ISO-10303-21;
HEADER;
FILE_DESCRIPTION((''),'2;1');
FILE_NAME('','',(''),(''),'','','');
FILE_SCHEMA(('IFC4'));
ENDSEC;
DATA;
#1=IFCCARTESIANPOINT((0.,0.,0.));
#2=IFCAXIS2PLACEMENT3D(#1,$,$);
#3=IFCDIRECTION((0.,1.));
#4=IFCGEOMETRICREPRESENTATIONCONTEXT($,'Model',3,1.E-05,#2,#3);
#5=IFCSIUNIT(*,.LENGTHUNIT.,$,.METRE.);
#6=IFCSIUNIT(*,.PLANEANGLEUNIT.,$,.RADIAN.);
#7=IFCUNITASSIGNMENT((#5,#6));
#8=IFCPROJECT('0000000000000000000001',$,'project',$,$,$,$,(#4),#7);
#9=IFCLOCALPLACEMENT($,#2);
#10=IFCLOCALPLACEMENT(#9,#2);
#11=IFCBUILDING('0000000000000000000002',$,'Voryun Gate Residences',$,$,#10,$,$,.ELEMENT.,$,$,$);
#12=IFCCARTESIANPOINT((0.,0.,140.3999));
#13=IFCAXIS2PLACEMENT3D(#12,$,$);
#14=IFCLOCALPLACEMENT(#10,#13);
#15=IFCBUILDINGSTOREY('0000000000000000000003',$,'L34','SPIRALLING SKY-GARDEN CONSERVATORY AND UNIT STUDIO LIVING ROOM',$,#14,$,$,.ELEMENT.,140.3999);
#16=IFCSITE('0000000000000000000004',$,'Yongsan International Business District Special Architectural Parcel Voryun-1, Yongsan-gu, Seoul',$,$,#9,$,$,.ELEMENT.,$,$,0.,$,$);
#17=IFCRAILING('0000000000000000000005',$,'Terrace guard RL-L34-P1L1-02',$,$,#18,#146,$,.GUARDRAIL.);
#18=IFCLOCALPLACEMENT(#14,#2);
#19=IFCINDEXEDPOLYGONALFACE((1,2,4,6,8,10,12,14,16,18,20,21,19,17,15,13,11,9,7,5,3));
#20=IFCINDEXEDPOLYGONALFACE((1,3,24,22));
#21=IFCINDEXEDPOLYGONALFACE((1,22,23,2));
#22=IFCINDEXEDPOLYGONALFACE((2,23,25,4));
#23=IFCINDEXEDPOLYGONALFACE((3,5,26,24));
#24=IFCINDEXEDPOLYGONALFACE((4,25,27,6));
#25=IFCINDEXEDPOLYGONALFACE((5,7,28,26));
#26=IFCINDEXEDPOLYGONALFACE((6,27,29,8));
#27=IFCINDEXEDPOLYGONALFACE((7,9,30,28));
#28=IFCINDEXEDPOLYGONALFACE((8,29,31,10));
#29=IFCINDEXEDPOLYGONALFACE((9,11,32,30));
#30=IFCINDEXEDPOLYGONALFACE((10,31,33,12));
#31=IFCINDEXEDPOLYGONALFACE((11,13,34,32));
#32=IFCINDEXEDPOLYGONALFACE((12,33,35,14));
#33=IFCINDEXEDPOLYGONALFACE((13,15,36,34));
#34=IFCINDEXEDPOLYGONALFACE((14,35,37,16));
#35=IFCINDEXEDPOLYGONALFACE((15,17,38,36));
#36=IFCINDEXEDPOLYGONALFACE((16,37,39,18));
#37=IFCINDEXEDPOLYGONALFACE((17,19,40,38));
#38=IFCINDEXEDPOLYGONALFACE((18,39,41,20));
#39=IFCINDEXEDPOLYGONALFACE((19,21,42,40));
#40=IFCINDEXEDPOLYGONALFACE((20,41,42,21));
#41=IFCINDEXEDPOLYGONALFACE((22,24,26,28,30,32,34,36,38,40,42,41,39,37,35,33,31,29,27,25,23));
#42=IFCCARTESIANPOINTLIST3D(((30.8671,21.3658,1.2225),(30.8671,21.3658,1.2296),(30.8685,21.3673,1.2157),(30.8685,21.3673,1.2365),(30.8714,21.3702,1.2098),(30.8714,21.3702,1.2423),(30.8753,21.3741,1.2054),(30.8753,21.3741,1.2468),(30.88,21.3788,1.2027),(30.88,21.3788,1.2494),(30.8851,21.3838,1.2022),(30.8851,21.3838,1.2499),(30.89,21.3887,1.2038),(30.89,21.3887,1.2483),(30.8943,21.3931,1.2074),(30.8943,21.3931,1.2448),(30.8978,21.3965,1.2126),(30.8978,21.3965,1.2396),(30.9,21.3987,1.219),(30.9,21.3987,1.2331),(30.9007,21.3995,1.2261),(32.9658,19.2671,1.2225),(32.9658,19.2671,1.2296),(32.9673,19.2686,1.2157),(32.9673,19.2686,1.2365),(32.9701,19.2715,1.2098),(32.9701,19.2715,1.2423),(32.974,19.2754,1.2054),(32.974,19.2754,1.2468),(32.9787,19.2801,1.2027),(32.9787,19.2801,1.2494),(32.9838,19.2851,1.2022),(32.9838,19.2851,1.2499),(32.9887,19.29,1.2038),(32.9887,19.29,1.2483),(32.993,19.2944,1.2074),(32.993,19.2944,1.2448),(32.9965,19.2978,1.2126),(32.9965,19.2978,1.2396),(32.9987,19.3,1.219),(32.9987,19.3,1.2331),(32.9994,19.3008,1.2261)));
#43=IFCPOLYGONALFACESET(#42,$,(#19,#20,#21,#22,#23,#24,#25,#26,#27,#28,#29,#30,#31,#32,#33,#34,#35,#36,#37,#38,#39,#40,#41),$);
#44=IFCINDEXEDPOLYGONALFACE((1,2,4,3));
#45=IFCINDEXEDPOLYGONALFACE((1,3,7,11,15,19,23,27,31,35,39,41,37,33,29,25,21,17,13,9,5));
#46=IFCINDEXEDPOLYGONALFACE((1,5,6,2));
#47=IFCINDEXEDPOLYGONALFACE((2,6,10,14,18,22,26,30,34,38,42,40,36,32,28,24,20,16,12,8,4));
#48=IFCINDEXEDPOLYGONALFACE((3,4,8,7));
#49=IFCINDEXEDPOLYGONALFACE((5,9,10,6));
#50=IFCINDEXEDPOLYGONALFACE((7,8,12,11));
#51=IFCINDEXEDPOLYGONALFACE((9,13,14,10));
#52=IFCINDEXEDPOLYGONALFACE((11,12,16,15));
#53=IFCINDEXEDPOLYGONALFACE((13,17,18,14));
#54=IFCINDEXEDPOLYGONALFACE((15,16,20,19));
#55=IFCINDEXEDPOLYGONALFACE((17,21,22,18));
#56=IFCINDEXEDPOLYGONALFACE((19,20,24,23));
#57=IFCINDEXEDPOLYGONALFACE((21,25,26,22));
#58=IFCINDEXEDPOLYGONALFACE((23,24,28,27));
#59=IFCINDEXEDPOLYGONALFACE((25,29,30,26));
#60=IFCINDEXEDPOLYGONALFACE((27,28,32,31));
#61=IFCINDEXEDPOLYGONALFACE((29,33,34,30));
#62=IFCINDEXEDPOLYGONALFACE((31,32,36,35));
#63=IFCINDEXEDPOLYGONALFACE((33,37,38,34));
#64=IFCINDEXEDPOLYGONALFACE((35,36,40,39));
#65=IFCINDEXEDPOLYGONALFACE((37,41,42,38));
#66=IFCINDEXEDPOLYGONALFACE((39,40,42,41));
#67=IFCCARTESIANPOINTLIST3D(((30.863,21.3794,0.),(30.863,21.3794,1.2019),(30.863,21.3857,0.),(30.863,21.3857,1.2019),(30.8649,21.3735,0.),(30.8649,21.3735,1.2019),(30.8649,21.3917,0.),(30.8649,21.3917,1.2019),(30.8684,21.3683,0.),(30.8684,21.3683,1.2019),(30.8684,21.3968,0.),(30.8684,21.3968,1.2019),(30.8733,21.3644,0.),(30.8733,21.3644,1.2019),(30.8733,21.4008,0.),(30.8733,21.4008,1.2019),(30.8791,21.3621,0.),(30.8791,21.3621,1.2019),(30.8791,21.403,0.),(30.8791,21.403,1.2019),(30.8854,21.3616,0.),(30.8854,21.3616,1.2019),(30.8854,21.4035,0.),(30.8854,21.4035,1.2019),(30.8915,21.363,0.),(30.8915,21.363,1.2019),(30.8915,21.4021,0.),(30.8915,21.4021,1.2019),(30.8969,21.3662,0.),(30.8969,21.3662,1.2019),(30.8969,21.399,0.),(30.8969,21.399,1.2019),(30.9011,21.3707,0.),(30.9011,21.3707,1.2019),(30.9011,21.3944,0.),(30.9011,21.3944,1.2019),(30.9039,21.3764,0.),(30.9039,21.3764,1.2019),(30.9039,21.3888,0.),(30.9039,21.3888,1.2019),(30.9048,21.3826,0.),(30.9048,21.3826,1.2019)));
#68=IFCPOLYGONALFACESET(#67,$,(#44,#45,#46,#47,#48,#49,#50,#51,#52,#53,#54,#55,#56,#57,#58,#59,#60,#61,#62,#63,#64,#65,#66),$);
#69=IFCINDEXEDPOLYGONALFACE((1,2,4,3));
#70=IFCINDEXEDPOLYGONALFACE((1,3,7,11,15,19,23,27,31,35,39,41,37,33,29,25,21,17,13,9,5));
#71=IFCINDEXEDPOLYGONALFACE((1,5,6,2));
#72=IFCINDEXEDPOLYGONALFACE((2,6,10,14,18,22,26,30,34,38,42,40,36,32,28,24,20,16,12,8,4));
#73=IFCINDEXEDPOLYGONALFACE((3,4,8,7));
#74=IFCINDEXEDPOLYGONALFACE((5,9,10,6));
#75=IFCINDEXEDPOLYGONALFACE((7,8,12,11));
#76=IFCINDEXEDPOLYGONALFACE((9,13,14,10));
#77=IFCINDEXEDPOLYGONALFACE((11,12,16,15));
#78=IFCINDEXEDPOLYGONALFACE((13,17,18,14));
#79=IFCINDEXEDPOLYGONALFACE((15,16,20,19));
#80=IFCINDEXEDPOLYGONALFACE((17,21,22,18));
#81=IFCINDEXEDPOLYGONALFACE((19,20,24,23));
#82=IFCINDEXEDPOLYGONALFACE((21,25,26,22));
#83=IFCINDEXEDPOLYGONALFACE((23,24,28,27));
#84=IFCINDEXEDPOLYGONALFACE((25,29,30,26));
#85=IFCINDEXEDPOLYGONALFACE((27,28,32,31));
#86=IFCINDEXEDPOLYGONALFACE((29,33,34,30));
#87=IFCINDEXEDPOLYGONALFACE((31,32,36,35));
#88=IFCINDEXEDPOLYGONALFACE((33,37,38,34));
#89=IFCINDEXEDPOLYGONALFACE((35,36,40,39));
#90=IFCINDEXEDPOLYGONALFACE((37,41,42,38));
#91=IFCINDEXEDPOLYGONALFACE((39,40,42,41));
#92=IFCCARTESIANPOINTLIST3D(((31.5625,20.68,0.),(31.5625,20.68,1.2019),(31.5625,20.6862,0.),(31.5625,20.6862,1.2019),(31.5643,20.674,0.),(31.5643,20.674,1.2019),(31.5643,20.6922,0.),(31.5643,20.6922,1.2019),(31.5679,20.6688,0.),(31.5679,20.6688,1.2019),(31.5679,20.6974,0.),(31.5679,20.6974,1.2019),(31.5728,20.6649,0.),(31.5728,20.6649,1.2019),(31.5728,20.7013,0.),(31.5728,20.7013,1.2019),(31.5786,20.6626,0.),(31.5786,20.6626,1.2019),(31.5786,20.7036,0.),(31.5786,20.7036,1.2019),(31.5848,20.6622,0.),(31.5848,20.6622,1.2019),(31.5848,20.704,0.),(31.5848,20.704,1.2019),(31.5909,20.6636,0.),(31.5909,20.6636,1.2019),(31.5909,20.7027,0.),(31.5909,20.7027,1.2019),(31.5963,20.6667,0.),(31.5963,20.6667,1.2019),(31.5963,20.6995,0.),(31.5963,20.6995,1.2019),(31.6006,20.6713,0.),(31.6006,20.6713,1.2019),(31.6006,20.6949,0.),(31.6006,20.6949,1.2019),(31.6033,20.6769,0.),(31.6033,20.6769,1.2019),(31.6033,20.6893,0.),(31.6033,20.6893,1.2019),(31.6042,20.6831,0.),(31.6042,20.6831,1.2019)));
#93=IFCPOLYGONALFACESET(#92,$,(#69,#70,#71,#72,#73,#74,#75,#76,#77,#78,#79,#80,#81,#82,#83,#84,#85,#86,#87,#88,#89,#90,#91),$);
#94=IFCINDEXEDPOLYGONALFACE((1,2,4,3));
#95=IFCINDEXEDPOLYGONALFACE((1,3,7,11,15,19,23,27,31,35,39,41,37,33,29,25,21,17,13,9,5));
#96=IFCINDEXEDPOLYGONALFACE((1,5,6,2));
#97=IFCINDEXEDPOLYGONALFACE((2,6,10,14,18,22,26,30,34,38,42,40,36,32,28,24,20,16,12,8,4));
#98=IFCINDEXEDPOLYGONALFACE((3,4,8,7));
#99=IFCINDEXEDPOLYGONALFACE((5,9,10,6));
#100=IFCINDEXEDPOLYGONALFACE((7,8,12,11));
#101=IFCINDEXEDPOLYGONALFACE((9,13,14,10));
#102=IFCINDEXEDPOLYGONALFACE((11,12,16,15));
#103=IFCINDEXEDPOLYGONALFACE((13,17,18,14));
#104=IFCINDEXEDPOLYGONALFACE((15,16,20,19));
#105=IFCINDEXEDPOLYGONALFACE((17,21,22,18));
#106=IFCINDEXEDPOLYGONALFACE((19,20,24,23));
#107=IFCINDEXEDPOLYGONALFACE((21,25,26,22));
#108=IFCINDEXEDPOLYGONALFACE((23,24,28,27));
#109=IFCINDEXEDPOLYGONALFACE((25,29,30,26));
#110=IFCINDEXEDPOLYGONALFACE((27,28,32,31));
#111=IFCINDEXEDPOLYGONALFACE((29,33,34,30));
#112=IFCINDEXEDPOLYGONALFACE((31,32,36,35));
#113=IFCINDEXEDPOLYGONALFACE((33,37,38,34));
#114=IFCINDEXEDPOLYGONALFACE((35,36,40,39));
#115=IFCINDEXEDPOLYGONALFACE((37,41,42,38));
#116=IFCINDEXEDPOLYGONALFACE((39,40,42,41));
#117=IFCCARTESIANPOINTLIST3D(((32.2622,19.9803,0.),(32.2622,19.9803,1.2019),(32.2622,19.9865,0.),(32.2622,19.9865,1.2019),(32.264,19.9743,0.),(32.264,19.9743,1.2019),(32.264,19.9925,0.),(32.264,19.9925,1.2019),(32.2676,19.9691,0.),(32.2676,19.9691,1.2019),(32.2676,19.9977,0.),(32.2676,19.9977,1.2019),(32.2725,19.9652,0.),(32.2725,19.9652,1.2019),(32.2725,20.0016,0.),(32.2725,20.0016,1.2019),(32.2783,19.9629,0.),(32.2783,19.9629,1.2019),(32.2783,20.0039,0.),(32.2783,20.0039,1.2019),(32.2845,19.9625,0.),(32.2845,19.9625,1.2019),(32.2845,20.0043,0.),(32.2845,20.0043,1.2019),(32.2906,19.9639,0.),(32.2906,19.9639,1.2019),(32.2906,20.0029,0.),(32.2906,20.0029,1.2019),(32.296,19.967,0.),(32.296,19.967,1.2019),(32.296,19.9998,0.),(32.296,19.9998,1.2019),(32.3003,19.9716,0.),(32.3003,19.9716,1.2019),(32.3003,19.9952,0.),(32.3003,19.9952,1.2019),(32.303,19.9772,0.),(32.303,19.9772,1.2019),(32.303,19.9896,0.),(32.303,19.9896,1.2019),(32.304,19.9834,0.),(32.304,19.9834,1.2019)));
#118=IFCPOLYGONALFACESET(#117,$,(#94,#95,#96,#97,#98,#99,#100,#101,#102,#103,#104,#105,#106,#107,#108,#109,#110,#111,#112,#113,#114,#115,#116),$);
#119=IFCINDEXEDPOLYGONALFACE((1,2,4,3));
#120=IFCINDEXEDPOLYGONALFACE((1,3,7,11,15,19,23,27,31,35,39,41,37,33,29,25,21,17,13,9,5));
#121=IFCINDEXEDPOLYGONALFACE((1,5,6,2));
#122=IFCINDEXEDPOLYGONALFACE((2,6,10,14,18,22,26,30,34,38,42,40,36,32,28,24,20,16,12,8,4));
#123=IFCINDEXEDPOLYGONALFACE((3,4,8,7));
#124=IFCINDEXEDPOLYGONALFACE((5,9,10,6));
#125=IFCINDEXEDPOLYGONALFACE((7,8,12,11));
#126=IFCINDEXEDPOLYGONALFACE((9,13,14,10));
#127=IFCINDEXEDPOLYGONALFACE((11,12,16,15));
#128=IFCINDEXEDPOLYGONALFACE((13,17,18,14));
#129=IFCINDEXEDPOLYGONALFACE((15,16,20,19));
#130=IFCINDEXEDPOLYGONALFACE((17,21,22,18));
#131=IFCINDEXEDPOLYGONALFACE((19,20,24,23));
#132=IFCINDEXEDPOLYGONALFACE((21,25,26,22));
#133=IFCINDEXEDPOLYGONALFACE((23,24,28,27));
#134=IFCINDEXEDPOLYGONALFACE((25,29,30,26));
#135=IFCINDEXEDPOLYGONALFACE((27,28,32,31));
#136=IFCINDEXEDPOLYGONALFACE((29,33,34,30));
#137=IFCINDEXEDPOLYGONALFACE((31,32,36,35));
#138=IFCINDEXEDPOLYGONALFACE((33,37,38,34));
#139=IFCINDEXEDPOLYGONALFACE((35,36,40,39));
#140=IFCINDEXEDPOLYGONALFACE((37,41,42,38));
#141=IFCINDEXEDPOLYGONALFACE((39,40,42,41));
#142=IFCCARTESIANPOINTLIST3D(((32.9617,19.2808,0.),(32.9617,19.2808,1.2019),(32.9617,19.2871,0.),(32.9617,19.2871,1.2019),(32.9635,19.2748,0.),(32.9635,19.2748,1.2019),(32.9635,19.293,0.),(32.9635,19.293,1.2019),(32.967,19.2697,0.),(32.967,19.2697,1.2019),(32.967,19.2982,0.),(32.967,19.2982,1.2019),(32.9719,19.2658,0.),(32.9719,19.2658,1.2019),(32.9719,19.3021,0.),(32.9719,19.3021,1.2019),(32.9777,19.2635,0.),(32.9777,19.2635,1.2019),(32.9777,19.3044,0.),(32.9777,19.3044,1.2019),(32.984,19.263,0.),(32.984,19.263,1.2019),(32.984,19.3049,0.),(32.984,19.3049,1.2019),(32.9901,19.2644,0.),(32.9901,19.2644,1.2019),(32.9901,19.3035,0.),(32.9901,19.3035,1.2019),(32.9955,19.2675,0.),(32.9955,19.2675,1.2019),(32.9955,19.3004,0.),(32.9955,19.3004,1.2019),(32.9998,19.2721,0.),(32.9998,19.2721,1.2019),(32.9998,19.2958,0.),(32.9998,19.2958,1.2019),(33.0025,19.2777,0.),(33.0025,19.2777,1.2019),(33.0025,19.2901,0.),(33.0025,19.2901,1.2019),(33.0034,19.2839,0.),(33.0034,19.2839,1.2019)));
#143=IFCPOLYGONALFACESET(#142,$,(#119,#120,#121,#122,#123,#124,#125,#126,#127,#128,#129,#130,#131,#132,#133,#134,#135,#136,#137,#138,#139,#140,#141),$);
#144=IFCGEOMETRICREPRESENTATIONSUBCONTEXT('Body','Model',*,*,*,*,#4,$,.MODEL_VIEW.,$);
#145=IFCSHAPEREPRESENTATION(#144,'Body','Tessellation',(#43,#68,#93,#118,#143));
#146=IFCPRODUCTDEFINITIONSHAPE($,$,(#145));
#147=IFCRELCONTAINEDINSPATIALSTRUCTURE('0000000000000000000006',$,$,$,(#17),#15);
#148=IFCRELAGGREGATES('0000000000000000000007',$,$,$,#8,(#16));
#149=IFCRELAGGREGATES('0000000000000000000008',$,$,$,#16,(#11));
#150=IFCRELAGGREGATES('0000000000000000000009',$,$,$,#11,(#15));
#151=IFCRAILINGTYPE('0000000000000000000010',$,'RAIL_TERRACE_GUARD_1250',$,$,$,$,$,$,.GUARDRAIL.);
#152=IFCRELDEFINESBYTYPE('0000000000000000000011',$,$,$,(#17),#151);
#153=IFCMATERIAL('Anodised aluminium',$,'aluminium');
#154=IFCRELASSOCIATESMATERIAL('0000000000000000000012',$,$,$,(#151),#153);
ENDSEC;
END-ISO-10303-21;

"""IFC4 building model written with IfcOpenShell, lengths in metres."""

from ifc_helpers import new_model, si_unit, direction, frame, origin, origin_2d, place, context, subcontext, project, spatial, circle, extrude, material, type_object, element, save


model = new_model("IFC4")

# Units and contexts
model_context = context("Model", 3, precision=1e-05, world=origin(), true_north=direction((0.0, 1.0)))
body_context = subcontext(model_context, "Body", "Model", "MODEL_VIEW")
ifc_project = project(units=[si_unit("LENGTHUNIT", "METRE"), si_unit("PLANEANGLEUNIT", "RADIAN")], contexts=[model_context])

# Site, building, storey
site_placement = place(None, origin())
site = spatial("IfcSite", under=ifc_project, at=site_placement, Name="Yongsan International Business District Special Architectural Parcel Voryun-1, Yongsan-gu, Seoul", CompositionType="ELEMENT", RefElevation=0.0)
building_placement = place(site_placement, origin())
building = spatial("IfcBuilding", under=site, at=building_placement, Name="Voryun Gate Residences", CompositionType="ELEMENT")
storey_placement = place(building_placement, frame((0.0, 0.0, 140.3999)))
storey = spatial("IfcBuildingStorey", under=building, at=storey_placement, Name="L34", Description="SPIRALLING SKY-GARDEN CONSERVATORY AND UNIT STUDIO LIVING ROOM", CompositionType="ELEMENT", Elevation=140.3999)

# Railing
ifc_material_1 = material(Name="Anodised aluminium", Category="aluminium")
railing_type = type_object("IfcRailingType", Name="RAIL_TERRACE_GUARD_1250", PredefinedType="GUARDRAIL", material=ifc_material_1)
railing_1_placement = place(storey_placement, frame((30.8838, 21.3826, 0.0)))
element("IfcRailing", 1, at=railing_1_placement, inside=storey, type_object=railing_type, Name="Terrace guard RL-L34-P1L1-02", PredefinedType="GUARDRAIL", context=body_context, shape_type="SweptSolid", body=[
    extrude(circle(Radius=0.0239, at=origin_2d()), frame((0.0, 0.0, 1.2261), z_axis=(0.707107, -0.707107, 0.0), x_axis=(0.707107, 0.707107, 0.0)), (0.0, 0.0, 1.0), 2.968),
    extrude(circle(Radius=0.021, at=origin_2d()), origin(), (0.0, 0.0, 1.0), 1.2019),
    extrude(circle(Radius=0.021, at=origin_2d()), frame((0.6995, -0.6995, 0.0)), (0.0, 0.0, 1.0), 1.2019),
    extrude(circle(Radius=0.021, at=origin_2d()), frame((1.3992, -1.3992, 0.0)), (0.0, 0.0, 1.0), 1.2019),
    extrude(circle(Radius=0.021, at=origin_2d()), frame((2.0986, -2.0986, 0.0)), (0.0, 0.0, 1.0), 1.2019),
])

save(model, "model.ifc")
